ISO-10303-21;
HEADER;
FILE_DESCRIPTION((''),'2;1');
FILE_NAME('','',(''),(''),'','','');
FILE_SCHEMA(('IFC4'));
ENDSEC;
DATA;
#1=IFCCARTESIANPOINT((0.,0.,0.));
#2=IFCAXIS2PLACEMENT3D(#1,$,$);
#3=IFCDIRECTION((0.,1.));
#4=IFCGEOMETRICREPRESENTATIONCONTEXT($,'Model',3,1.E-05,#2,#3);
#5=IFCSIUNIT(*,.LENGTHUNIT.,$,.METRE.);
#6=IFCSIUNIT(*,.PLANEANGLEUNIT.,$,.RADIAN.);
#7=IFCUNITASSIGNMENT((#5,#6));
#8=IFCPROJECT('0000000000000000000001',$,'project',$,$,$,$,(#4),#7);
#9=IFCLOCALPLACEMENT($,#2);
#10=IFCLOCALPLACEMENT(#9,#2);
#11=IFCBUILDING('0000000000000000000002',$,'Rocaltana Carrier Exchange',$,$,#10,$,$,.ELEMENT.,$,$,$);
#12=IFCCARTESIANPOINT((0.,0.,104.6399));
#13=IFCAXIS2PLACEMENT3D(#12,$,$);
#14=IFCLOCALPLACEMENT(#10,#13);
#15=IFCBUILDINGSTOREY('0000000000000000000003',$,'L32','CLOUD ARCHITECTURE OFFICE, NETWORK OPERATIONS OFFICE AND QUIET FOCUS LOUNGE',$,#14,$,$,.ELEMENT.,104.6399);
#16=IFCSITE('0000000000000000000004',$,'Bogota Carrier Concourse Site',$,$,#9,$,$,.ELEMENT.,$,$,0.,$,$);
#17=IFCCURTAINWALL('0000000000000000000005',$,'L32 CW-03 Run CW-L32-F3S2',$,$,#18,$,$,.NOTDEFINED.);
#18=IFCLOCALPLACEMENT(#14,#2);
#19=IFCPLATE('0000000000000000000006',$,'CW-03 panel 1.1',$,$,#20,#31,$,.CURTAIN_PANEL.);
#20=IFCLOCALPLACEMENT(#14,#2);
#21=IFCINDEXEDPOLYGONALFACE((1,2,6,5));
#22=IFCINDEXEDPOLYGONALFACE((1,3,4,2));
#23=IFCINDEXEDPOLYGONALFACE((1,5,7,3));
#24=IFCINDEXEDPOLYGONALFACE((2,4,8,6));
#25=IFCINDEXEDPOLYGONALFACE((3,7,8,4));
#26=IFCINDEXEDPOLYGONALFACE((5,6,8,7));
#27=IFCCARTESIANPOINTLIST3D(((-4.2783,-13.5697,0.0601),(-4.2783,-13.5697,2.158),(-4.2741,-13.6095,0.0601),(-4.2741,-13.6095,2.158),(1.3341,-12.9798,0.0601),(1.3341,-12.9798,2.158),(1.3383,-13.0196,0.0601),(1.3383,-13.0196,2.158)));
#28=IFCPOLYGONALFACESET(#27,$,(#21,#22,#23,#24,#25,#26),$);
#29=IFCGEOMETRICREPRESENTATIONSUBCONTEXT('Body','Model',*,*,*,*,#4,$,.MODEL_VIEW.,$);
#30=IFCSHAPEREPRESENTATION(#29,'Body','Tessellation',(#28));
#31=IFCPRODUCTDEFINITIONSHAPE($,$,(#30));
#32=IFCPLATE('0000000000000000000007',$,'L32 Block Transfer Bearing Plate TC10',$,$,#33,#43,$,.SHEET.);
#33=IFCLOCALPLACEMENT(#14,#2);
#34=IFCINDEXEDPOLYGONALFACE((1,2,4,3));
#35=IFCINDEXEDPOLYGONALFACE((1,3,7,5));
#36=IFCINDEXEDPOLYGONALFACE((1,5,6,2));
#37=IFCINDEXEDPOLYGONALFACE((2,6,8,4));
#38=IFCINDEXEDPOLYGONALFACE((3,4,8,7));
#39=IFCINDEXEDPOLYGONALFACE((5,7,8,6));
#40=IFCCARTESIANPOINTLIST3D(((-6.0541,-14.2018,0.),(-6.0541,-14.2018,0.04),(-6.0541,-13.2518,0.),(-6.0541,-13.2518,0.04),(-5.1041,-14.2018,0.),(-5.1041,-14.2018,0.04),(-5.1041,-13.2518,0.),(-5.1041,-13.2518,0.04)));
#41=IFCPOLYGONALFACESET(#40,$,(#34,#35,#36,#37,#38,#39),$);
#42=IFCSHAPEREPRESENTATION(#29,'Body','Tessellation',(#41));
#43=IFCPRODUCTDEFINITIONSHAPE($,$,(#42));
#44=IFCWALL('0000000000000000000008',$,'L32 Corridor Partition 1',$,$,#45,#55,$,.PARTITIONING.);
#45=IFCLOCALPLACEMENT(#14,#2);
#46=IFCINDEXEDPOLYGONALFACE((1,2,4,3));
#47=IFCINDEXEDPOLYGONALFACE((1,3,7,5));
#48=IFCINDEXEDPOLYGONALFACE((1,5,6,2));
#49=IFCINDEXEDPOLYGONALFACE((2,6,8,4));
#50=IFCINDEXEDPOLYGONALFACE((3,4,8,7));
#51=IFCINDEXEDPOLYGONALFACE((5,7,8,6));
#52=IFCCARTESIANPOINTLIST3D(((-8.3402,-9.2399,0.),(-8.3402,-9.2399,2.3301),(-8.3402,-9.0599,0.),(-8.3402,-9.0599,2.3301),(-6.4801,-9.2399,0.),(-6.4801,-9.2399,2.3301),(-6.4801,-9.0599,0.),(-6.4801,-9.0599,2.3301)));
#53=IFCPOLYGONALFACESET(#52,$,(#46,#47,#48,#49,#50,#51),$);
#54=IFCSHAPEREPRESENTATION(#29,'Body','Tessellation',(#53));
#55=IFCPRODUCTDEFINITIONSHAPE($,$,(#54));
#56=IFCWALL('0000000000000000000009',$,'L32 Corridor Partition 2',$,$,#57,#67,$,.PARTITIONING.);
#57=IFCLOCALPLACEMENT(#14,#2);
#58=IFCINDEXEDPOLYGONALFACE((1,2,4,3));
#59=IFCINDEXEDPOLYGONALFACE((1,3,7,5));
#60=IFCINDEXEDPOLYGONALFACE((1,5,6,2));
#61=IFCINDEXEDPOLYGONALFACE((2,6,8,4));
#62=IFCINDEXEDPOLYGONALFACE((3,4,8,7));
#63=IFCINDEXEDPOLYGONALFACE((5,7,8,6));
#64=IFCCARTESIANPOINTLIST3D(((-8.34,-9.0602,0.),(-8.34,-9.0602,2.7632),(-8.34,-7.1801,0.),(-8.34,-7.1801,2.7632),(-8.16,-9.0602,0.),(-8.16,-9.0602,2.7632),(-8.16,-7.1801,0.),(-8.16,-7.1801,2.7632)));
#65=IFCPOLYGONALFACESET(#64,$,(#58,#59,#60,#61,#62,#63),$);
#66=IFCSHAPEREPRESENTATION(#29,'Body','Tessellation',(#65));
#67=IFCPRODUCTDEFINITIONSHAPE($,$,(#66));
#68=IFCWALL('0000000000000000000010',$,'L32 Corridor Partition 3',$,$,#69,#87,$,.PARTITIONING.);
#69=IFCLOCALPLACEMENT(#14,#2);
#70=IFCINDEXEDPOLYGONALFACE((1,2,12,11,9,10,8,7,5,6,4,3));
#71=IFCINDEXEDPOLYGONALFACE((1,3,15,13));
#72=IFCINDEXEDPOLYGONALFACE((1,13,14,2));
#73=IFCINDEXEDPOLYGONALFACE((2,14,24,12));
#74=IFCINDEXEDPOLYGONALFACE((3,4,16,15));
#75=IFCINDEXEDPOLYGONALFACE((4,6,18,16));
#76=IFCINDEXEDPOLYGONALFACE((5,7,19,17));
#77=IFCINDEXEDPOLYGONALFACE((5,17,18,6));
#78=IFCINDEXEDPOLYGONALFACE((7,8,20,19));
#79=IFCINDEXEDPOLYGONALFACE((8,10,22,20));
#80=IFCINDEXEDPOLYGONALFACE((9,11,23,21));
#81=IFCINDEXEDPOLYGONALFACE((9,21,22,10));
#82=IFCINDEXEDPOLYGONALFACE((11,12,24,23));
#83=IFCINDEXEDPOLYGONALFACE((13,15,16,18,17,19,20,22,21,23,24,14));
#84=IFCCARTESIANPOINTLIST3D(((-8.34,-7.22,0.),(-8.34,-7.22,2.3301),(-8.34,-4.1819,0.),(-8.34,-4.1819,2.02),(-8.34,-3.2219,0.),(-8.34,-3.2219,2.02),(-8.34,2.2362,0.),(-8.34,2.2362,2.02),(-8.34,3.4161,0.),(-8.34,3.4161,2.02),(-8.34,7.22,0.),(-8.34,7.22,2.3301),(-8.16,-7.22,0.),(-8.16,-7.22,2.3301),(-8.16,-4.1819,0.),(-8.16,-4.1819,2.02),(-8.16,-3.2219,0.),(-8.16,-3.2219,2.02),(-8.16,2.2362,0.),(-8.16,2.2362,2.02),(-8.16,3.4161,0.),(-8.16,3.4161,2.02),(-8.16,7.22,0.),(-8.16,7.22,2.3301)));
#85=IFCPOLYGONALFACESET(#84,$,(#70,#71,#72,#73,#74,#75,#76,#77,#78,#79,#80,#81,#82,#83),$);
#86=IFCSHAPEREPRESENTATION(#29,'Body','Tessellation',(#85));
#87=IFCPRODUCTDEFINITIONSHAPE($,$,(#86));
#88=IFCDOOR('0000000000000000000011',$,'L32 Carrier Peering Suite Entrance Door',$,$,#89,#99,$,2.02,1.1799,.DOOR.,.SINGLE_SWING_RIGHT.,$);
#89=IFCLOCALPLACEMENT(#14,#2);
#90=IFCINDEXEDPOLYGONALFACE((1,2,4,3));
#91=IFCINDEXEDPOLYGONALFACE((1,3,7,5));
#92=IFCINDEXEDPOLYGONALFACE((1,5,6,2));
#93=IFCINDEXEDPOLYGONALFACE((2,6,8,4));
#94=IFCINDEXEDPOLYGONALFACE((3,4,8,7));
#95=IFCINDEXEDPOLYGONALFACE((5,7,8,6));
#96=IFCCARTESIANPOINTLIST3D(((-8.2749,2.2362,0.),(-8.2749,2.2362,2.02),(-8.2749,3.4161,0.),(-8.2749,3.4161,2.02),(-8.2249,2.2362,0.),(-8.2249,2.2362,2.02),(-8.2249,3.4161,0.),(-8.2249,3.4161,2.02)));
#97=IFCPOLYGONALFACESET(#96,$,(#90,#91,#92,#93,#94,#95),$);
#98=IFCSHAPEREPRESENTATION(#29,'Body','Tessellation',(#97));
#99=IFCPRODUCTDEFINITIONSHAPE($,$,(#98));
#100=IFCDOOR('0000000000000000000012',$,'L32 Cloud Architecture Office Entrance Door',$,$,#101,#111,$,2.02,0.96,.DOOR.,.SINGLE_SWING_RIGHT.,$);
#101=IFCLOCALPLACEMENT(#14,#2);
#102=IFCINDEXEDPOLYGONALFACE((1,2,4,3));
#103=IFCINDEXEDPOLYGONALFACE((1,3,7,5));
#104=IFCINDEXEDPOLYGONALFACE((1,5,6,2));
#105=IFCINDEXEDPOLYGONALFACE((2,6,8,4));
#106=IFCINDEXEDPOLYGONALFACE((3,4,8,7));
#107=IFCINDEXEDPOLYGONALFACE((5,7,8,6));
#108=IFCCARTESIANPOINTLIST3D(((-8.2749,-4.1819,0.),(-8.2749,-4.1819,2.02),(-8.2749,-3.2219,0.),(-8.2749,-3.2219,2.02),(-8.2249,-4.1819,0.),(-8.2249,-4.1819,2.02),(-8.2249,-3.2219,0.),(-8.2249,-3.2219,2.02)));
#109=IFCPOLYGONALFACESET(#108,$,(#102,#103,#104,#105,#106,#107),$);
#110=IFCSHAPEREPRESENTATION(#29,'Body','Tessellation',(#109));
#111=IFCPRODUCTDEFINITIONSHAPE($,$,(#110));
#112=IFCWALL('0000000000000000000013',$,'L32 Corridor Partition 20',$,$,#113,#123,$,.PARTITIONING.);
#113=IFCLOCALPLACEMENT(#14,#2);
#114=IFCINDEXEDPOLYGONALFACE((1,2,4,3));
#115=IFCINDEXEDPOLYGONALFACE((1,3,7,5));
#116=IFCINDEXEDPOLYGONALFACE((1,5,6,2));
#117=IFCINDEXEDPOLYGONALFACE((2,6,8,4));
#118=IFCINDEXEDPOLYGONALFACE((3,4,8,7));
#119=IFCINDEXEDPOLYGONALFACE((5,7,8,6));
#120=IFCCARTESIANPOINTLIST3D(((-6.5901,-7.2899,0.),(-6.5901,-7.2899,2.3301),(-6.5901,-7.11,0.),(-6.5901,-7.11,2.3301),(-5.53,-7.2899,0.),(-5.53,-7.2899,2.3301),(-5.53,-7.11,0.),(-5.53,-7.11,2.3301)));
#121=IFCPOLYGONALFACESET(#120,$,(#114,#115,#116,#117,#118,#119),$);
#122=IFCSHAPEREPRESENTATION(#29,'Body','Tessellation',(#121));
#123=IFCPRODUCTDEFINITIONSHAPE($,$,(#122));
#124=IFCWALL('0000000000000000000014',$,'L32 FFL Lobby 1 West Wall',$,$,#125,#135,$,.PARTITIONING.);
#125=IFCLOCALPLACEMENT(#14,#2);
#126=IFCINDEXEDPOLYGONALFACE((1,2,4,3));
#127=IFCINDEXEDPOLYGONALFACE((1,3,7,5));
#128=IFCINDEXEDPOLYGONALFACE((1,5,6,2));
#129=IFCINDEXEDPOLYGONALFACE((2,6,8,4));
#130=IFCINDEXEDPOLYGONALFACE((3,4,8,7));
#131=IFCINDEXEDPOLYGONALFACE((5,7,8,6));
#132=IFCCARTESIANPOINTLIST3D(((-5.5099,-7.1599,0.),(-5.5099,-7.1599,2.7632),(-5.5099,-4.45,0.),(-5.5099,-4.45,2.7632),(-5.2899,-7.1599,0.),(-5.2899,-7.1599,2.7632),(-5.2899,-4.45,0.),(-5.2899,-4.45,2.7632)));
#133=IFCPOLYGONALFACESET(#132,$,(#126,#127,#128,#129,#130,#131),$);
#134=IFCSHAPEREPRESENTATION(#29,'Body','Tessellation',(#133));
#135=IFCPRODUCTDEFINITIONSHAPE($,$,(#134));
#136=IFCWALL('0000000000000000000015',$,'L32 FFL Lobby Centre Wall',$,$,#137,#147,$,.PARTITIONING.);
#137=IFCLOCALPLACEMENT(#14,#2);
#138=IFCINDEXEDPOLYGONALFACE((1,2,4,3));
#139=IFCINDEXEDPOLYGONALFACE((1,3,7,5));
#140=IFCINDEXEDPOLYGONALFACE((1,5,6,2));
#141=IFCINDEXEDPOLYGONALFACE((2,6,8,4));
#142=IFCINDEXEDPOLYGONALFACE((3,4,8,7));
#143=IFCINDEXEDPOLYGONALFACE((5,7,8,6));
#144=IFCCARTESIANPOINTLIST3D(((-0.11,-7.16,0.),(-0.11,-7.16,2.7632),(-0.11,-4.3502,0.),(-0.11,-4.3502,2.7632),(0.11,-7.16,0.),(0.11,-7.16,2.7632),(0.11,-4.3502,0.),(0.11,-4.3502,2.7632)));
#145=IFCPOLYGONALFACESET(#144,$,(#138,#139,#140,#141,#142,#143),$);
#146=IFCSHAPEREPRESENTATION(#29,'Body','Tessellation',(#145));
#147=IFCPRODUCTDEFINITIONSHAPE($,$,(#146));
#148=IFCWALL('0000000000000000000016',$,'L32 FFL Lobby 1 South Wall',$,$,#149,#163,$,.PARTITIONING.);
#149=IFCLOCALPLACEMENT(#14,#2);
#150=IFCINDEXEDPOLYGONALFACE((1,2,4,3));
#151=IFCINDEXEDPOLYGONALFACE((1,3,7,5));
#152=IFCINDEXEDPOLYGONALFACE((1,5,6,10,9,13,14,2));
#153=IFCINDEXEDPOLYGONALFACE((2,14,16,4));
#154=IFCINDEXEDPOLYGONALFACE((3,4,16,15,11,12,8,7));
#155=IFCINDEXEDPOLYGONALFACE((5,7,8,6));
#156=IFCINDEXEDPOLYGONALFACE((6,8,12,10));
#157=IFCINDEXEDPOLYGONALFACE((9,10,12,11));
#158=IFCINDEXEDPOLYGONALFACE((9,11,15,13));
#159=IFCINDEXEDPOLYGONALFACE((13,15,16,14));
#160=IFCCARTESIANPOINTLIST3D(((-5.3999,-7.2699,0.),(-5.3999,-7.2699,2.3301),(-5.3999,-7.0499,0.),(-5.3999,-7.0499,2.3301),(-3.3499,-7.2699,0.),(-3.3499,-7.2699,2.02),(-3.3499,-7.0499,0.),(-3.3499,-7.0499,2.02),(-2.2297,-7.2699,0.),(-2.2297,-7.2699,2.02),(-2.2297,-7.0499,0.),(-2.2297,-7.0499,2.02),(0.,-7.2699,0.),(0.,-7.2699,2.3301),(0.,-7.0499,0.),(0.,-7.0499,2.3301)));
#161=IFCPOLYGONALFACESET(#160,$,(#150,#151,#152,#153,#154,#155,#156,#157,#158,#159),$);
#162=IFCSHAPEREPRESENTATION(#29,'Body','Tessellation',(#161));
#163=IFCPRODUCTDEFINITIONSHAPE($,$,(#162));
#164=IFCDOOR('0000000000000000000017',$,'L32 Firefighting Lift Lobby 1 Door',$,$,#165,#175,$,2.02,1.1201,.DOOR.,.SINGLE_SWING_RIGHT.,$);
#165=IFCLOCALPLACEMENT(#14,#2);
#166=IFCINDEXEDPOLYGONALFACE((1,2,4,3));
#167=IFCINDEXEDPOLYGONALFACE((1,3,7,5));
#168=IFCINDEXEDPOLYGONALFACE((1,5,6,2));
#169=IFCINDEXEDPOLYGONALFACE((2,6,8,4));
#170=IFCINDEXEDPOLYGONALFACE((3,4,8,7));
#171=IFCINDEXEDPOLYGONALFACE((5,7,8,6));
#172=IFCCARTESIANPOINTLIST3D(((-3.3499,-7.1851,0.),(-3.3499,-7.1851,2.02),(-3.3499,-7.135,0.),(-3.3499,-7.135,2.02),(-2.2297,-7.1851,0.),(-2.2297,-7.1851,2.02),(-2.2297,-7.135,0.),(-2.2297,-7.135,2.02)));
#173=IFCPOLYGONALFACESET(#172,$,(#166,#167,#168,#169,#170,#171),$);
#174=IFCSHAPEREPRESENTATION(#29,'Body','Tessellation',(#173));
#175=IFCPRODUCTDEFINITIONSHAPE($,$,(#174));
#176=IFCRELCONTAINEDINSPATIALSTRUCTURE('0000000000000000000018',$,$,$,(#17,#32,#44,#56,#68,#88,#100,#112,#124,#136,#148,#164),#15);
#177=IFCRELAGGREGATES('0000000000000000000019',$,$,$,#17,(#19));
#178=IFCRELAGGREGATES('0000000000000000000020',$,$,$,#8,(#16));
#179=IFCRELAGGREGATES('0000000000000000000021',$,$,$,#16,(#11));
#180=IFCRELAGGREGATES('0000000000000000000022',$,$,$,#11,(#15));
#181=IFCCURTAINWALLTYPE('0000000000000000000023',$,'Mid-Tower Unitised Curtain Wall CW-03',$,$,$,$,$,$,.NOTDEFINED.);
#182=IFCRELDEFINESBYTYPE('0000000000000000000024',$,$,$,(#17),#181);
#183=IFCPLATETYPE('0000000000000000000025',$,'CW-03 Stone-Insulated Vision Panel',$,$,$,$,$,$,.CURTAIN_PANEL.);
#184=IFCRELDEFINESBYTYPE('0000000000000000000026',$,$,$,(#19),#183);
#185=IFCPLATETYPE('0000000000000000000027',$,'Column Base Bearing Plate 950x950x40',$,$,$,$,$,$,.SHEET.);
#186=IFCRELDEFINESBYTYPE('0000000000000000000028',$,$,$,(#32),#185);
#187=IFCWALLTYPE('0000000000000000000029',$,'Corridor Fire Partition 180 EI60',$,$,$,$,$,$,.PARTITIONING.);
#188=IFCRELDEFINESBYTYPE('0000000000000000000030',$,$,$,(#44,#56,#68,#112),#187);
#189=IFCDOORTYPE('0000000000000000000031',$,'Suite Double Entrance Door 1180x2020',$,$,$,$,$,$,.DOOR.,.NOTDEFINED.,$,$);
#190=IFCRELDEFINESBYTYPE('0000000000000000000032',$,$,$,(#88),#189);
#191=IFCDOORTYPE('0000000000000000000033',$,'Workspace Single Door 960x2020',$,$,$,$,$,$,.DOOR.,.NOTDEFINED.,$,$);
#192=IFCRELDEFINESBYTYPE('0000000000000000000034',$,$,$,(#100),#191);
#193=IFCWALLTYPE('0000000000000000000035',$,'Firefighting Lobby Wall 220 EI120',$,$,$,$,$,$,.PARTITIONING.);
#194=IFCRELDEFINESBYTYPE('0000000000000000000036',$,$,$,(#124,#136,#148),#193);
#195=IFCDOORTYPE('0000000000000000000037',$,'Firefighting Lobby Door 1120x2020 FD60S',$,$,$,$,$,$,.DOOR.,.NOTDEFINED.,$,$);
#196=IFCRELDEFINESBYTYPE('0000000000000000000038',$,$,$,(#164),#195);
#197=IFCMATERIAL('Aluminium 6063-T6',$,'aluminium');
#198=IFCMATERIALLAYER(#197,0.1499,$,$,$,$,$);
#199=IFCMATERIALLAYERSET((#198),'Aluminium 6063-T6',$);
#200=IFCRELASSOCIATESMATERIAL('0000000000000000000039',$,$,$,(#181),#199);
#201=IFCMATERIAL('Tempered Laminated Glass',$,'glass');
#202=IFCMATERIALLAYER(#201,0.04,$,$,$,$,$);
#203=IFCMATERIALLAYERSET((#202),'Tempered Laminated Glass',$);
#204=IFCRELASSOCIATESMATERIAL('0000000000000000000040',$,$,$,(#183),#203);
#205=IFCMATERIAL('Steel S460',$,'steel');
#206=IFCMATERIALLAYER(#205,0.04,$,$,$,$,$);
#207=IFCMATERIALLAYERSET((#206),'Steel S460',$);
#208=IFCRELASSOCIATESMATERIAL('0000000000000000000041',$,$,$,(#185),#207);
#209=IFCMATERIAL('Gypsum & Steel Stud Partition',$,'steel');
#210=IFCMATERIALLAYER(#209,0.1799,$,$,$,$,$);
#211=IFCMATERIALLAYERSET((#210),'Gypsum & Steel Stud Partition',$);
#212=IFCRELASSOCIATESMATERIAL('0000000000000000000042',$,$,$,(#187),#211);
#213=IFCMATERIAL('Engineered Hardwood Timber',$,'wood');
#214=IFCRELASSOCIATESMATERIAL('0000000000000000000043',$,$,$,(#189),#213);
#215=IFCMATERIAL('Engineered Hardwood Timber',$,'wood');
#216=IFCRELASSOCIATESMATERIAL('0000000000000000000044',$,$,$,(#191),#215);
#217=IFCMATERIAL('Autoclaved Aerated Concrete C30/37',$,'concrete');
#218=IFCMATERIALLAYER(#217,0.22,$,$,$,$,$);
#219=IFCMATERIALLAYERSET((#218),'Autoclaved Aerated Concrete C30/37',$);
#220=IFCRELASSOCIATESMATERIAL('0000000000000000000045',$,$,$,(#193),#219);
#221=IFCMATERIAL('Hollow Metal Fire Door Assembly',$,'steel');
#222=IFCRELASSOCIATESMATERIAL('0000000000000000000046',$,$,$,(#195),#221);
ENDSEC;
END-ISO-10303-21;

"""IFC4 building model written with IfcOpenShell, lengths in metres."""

from ifc_helpers import new_model, si_unit, direction, frame, frame_2d, origin, origin_2d, place, context, subcontext, project, spatial, rectangle, extrude, material, layer, layer_set, type_object, element, fill, aggregate, save


model = new_model("IFC4")

# Units and contexts
model_context = context("Model", 3, precision=1e-05, world=origin(), true_north=direction((0.0, 1.0)))
body_context = subcontext(model_context, "Body", "Model", "MODEL_VIEW")
ifc_project = project(units=[si_unit("LENGTHUNIT", "METRE"), si_unit("PLANEANGLEUNIT", "RADIAN")], contexts=[model_context])

# Site, building, storey
site_placement = place(None, origin())
site = spatial("IfcSite", under=ifc_project, at=site_placement, Name="Bogota Carrier Concourse Site", CompositionType="ELEMENT", RefElevation=0.0)
building_placement = place(site_placement, origin())
building = spatial("IfcBuilding", under=site, at=building_placement, Name="Rocaltana Carrier Exchange", CompositionType="ELEMENT")
storey_placement = place(building_placement, frame((0.0, 0.0, 104.6399)))
storey = spatial("IfcBuildingStorey", under=building, at=storey_placement, Name="L32", Description="CLOUD ARCHITECTURE OFFICE, NETWORK OPERATIONS OFFICE AND QUIET FOCUS LOUNGE", CompositionType="ELEMENT", Elevation=104.6399)

# Shared definitions
ifc_material_1 = material(Name="Aluminium 6063-T6", Category="aluminium")
ifc_layer_1 = layer(ifc_material_1, 0.1499)
ifc_layer_set_1 = layer_set([ifc_layer_1], Name="Aluminium 6063-T6")
curtain_wall_type = type_object("IfcCurtainWallType", Name="Mid-Tower Unitised Curtain Wall CW-03", PredefinedType="NOTDEFINED", material=ifc_layer_set_1)

# Curtain wall
curtain_wall_1_placement = place(storey_placement, origin())
curtain_wall_1 = element("IfcCurtainWall", 1, at=curtain_wall_1_placement, inside=storey, type_object=curtain_wall_type, Name="L32 CW-03 Run CW-L32-F3S2", PredefinedType="NOTDEFINED")

# Plates
ifc_material_2 = material(Name="Tempered Laminated Glass", Category="glass")
ifc_layer_2 = layer(ifc_material_2, 0.04)
ifc_layer_set_2 = layer_set([ifc_layer_2], Name="Tempered Laminated Glass")
plate_type_1 = type_object("IfcPlateType", Name="CW-03 Stone-Insulated Vision Panel", PredefinedType="CURTAIN_PANEL", material=ifc_layer_set_2)
plate_1_placement = place(storey_placement, frame((-1.47, -13.2947, 0.0601), z_axis=(0.0, 0.0, 1.0), x_axis=(0.994522, 0.10453, 0.0)))
plate_1 = element("IfcPlate", 2, at=plate_1_placement, type_object=plate_type_1, Name="CW-03 panel 1.1", PredefinedType="CURTAIN_PANEL", context=body_context, shape_type="SweptSolid", body=[
    extrude(rectangle(XDim=5.6433, YDim=0.04, at=origin_2d()), origin(), (0.0, 0.0, 1.0), 2.0979),
])
aggregate(curtain_wall_1, [plate_1])
ifc_material_3 = material(Name="Steel S460", Category="steel")
ifc_layer_3 = layer(ifc_material_3, 0.04)
ifc_layer_set_3 = layer_set([ifc_layer_3], Name="Steel S460")
plate_type_2 = type_object("IfcPlateType", Name="Column Base Bearing Plate 950x950x40", PredefinedType="SHEET", material=ifc_layer_set_3)
plate_2_placement = place(storey_placement, frame((-5.5791, -13.7268, 0.0), z_axis=(0.0, 0.0, 1.0), x_axis=(1.0, 0.0, 0.0)))
element("IfcPlate", 3, at=plate_2_placement, inside=storey, type_object=plate_type_2, Name="L32 Block Transfer Bearing Plate TC10", PredefinedType="SHEET", context=body_context, shape_type="SweptSolid", body=[
    extrude(rectangle(XDim=0.95, YDim=0.95, at=origin_2d()), origin(), (0.0, 0.0, 1.0), 0.04),
])

# Walls
ifc_material_4 = material(Name="Gypsum & Steel Stud Partition", Category="steel")
ifc_layer_4 = layer(ifc_material_4, 0.1799)
ifc_layer_set_4 = layer_set([ifc_layer_4], Name="Gypsum & Steel Stud Partition")
wall_type_1 = type_object("IfcWallType", Name="Corridor Fire Partition 180 EI60", PredefinedType="PARTITIONING", material=ifc_layer_set_4)
wall_1_placement = place(storey_placement, frame((-6.48, -9.1499, 0.0), z_axis=(0.0, 0.0, 1.0), x_axis=(-1.0, 0.0, 0.0)))
element("IfcWall", 4, at=wall_1_placement, inside=storey, type_object=wall_type_1, Name="L32 Corridor Partition 1", PredefinedType="PARTITIONING", context=body_context, shape_type="SweptSolid", body=[
    extrude(rectangle(XDim=1.8601, YDim=0.1799, at=frame_2d((0.9302, 0.0))), origin(), (0.0, 0.0, 1.0), 2.3301),
])
wall_2_placement = place(storey_placement, frame((-8.25, -9.0601, 0.0), z_axis=(0.0, 0.0, 1.0), x_axis=(0.0, 1.0, 0.0)))
element("IfcWall", 5, at=wall_2_placement, inside=storey, type_object=wall_type_1, Name="L32 Corridor Partition 2", PredefinedType="PARTITIONING", context=body_context, shape_type="SweptSolid", body=[
    extrude(rectangle(XDim=1.8801, YDim=0.1799, at=frame_2d((0.9399, 0.0))), origin(), (0.0, 0.0, 1.0), 2.7632),
])

# Wall, openings, doors
wall_3_placement = place(storey_placement, frame((-8.25, -7.22, 0.0), z_axis=(0.0, 0.0, 1.0), x_axis=(0.0, 1.0, 0.0)))
wall_3 = element("IfcWall", 6, at=wall_3_placement, inside=storey, type_object=wall_type_1, Name="L32 Corridor Partition 3", PredefinedType="PARTITIONING", context=body_context, shape_type="SweptSolid", body=[
    extrude(rectangle(XDim=14.4399, YDim=0.1799, at=frame_2d((7.22, 0.0))), origin(), (0.0, 0.0, 1.0), 2.3301),
])
opening_1_placement = place(wall_3_placement, frame((3.0381, 0.0, 0.0)))
opening_1 = element("IfcOpeningElement", 7, at=opening_1_placement, cuts=wall_3, PredefinedType="OPENING", context=body_context, shape_type="SweptSolid", body=[
    extrude(rectangle(XDim=0.96, YDim=2.02, at=frame_2d((0.48, 1.01))), frame((0.0, 0.0999, 0.0), z_axis=(0.0, -1.0, 0.0), x_axis=(1.0, 0.0, 0.0)), (0.0, 0.0, 1.0), 0.2),
])
opening_2_placement = place(wall_3_placement, frame((9.4563, 0.0, 0.0)))
opening_2 = element("IfcOpeningElement", 8, at=opening_2_placement, cuts=wall_3, PredefinedType="OPENING", context=body_context, shape_type="SweptSolid", body=[
    extrude(rectangle(XDim=1.1799, YDim=2.02, at=frame_2d((0.5898, 1.01))), frame((0.0, 0.0999, 0.0), z_axis=(0.0, -1.0, 0.0), x_axis=(1.0, 0.0, 0.0)), (0.0, 0.0, 1.0), 0.2),
])
ifc_material_5 = material(Name="Engineered Hardwood Timber", Category="wood")
door_type_1 = type_object("IfcDoorType", Name="Suite Double Entrance Door 1180x2020", OperationType="NOTDEFINED", PredefinedType="DOOR", material=ifc_material_5)
door_1_placement = place(opening_2_placement, origin())
door_1 = element("IfcDoor", 9, at=door_1_placement, inside=storey, type_object=door_type_1, Name="L32 Carrier Peering Suite Entrance Door", OperationType="SINGLE_SWING_RIGHT", OverallHeight=2.02, OverallWidth=1.1799, PredefinedType="DOOR", context=body_context, shape_type="SweptSolid", body=[
    extrude(rectangle(XDim=1.1799, YDim=2.02, at=frame_2d((0.5898, 1.01))), frame((0.0, 0.0249, 0.0), z_axis=(0.0, -1.0, 0.0), x_axis=(1.0, 0.0, 0.0)), (0.0, 0.0, 1.0), 0.05),
])
fill(opening_2, door_1)
ifc_material_6 = material(Name="Engineered Hardwood Timber", Category="wood")
door_type_2 = type_object("IfcDoorType", Name="Workspace Single Door 960x2020", OperationType="NOTDEFINED", PredefinedType="DOOR", material=ifc_material_6)
door_2_placement = place(opening_1_placement, origin())
door_2 = element("IfcDoor", 10, at=door_2_placement, inside=storey, type_object=door_type_2, Name="L32 Cloud Architecture Office Entrance Door", OperationType="SINGLE_SWING_RIGHT", OverallHeight=2.02, OverallWidth=0.96, PredefinedType="DOOR", context=body_context, shape_type="SweptSolid", body=[
    extrude(rectangle(XDim=0.96, YDim=2.02, at=frame_2d((0.48, 1.01))), frame((0.0, 0.0249, 0.0), z_axis=(0.0, -1.0, 0.0), x_axis=(1.0, 0.0, 0.0)), (0.0, 0.0, 1.0), 0.05),
])
fill(opening_1, door_2)

# Walls
wall_4_placement = place(storey_placement, frame((-6.5901, -7.2, 0.0), z_axis=(0.0, 0.0, 1.0), x_axis=(1.0, 0.0, 0.0)))
element("IfcWall", 11, at=wall_4_placement, inside=storey, type_object=wall_type_1, Name="L32 Corridor Partition 20", PredefinedType="PARTITIONING", context=body_context, shape_type="SweptSolid", body=[
    extrude(rectangle(XDim=1.0601, YDim=0.1799, at=frame_2d((0.53, 0.0))), origin(), (0.0, 0.0, 1.0), 2.3301),
])
ifc_material_7 = material(Name="Autoclaved Aerated Concrete C30/37", Category="concrete")
ifc_layer_5 = layer(ifc_material_7, 0.22)
ifc_layer_set_5 = layer_set([ifc_layer_5], Name="Autoclaved Aerated Concrete C30/37")
wall_type_2 = type_object("IfcWallType", Name="Firefighting Lobby Wall 220 EI120", PredefinedType="PARTITIONING", material=ifc_layer_set_5)
wall_5_placement = place(storey_placement, frame((-5.3999, -7.1599, 0.0), z_axis=(0.0, 0.0, 1.0), x_axis=(0.0, 1.0, 0.0)))
element("IfcWall", 12, at=wall_5_placement, inside=storey, type_object=wall_type_2, Name="L32 FFL Lobby 1 West Wall", PredefinedType="PARTITIONING", context=body_context, shape_type="SweptSolid", body=[
    extrude(rectangle(XDim=2.71, YDim=0.22, at=frame_2d((1.355, 0.0))), origin(), (0.0, 0.0, 1.0), 2.7632),
])
wall_6_placement = place(storey_placement, frame((0.0, -7.1599, 0.0), z_axis=(0.0, 0.0, 1.0), x_axis=(0.0, 1.0, 0.0)))
element("IfcWall", 13, at=wall_6_placement, inside=storey, type_object=wall_type_2, Name="L32 FFL Lobby Centre Wall", PredefinedType="PARTITIONING", context=body_context, shape_type="SweptSolid", body=[
    extrude(rectangle(XDim=2.8098, YDim=0.22, at=frame_2d((1.4048, 0.0))), origin(), (0.0, 0.0, 1.0), 2.7632),
])

# Wall, opening, door
wall_7_placement = place(storey_placement, frame((-5.3999, -7.1599, 0.0), z_axis=(0.0, 0.0, 1.0), x_axis=(1.0, 0.0, 0.0)))
wall_7 = element("IfcWall", 14, at=wall_7_placement, inside=storey, type_object=wall_type_2, Name="L32 FFL Lobby 1 South Wall", PredefinedType="PARTITIONING", context=body_context, shape_type="SweptSolid", body=[
    extrude(rectangle(XDim=5.3999, YDim=0.22, at=frame_2d((2.7, 0.0))), origin(), (0.0, 0.0, 1.0), 2.3301),
])
opening_3_placement = place(wall_7_placement, frame((2.05, 0.0, 0.0)))
opening_3 = element("IfcOpeningElement", 15, at=opening_3_placement, cuts=wall_7, PredefinedType="OPENING", context=body_context, shape_type="SweptSolid", body=[
    extrude(rectangle(XDim=1.1201, YDim=2.02, at=frame_2d((0.5601, 1.01))), frame((0.0, 0.1199, 0.0), z_axis=(0.0, -1.0, 0.0), x_axis=(1.0, 0.0, 0.0)), (0.0, 0.0, 1.0), 0.24),
])
ifc_material_8 = material(Name="Hollow Metal Fire Door Assembly", Category="steel")
door_type_3 = type_object("IfcDoorType", Name="Firefighting Lobby Door 1120x2020 FD60S", OperationType="NOTDEFINED", PredefinedType="DOOR", material=ifc_material_8)
door_3_placement = place(opening_3_placement, origin())
door_3 = element("IfcDoor", 16, at=door_3_placement, inside=storey, type_object=door_type_3, Name="L32 Firefighting Lift Lobby 1 Door", OperationType="SINGLE_SWING_RIGHT", OverallHeight=2.02, OverallWidth=1.1201, PredefinedType="DOOR", context=body_context, shape_type="SweptSolid", body=[
    extrude(rectangle(XDim=1.1201, YDim=2.02, at=frame_2d((0.5601, 1.01))), frame((0.0, 0.0249, 0.0), z_axis=(0.0, -1.0, 0.0), x_axis=(1.0, 0.0, 0.0)), (0.0, 0.0, 1.0), 0.05),
])
fill(opening_3, door_3)

save(model, "model.ifc")
